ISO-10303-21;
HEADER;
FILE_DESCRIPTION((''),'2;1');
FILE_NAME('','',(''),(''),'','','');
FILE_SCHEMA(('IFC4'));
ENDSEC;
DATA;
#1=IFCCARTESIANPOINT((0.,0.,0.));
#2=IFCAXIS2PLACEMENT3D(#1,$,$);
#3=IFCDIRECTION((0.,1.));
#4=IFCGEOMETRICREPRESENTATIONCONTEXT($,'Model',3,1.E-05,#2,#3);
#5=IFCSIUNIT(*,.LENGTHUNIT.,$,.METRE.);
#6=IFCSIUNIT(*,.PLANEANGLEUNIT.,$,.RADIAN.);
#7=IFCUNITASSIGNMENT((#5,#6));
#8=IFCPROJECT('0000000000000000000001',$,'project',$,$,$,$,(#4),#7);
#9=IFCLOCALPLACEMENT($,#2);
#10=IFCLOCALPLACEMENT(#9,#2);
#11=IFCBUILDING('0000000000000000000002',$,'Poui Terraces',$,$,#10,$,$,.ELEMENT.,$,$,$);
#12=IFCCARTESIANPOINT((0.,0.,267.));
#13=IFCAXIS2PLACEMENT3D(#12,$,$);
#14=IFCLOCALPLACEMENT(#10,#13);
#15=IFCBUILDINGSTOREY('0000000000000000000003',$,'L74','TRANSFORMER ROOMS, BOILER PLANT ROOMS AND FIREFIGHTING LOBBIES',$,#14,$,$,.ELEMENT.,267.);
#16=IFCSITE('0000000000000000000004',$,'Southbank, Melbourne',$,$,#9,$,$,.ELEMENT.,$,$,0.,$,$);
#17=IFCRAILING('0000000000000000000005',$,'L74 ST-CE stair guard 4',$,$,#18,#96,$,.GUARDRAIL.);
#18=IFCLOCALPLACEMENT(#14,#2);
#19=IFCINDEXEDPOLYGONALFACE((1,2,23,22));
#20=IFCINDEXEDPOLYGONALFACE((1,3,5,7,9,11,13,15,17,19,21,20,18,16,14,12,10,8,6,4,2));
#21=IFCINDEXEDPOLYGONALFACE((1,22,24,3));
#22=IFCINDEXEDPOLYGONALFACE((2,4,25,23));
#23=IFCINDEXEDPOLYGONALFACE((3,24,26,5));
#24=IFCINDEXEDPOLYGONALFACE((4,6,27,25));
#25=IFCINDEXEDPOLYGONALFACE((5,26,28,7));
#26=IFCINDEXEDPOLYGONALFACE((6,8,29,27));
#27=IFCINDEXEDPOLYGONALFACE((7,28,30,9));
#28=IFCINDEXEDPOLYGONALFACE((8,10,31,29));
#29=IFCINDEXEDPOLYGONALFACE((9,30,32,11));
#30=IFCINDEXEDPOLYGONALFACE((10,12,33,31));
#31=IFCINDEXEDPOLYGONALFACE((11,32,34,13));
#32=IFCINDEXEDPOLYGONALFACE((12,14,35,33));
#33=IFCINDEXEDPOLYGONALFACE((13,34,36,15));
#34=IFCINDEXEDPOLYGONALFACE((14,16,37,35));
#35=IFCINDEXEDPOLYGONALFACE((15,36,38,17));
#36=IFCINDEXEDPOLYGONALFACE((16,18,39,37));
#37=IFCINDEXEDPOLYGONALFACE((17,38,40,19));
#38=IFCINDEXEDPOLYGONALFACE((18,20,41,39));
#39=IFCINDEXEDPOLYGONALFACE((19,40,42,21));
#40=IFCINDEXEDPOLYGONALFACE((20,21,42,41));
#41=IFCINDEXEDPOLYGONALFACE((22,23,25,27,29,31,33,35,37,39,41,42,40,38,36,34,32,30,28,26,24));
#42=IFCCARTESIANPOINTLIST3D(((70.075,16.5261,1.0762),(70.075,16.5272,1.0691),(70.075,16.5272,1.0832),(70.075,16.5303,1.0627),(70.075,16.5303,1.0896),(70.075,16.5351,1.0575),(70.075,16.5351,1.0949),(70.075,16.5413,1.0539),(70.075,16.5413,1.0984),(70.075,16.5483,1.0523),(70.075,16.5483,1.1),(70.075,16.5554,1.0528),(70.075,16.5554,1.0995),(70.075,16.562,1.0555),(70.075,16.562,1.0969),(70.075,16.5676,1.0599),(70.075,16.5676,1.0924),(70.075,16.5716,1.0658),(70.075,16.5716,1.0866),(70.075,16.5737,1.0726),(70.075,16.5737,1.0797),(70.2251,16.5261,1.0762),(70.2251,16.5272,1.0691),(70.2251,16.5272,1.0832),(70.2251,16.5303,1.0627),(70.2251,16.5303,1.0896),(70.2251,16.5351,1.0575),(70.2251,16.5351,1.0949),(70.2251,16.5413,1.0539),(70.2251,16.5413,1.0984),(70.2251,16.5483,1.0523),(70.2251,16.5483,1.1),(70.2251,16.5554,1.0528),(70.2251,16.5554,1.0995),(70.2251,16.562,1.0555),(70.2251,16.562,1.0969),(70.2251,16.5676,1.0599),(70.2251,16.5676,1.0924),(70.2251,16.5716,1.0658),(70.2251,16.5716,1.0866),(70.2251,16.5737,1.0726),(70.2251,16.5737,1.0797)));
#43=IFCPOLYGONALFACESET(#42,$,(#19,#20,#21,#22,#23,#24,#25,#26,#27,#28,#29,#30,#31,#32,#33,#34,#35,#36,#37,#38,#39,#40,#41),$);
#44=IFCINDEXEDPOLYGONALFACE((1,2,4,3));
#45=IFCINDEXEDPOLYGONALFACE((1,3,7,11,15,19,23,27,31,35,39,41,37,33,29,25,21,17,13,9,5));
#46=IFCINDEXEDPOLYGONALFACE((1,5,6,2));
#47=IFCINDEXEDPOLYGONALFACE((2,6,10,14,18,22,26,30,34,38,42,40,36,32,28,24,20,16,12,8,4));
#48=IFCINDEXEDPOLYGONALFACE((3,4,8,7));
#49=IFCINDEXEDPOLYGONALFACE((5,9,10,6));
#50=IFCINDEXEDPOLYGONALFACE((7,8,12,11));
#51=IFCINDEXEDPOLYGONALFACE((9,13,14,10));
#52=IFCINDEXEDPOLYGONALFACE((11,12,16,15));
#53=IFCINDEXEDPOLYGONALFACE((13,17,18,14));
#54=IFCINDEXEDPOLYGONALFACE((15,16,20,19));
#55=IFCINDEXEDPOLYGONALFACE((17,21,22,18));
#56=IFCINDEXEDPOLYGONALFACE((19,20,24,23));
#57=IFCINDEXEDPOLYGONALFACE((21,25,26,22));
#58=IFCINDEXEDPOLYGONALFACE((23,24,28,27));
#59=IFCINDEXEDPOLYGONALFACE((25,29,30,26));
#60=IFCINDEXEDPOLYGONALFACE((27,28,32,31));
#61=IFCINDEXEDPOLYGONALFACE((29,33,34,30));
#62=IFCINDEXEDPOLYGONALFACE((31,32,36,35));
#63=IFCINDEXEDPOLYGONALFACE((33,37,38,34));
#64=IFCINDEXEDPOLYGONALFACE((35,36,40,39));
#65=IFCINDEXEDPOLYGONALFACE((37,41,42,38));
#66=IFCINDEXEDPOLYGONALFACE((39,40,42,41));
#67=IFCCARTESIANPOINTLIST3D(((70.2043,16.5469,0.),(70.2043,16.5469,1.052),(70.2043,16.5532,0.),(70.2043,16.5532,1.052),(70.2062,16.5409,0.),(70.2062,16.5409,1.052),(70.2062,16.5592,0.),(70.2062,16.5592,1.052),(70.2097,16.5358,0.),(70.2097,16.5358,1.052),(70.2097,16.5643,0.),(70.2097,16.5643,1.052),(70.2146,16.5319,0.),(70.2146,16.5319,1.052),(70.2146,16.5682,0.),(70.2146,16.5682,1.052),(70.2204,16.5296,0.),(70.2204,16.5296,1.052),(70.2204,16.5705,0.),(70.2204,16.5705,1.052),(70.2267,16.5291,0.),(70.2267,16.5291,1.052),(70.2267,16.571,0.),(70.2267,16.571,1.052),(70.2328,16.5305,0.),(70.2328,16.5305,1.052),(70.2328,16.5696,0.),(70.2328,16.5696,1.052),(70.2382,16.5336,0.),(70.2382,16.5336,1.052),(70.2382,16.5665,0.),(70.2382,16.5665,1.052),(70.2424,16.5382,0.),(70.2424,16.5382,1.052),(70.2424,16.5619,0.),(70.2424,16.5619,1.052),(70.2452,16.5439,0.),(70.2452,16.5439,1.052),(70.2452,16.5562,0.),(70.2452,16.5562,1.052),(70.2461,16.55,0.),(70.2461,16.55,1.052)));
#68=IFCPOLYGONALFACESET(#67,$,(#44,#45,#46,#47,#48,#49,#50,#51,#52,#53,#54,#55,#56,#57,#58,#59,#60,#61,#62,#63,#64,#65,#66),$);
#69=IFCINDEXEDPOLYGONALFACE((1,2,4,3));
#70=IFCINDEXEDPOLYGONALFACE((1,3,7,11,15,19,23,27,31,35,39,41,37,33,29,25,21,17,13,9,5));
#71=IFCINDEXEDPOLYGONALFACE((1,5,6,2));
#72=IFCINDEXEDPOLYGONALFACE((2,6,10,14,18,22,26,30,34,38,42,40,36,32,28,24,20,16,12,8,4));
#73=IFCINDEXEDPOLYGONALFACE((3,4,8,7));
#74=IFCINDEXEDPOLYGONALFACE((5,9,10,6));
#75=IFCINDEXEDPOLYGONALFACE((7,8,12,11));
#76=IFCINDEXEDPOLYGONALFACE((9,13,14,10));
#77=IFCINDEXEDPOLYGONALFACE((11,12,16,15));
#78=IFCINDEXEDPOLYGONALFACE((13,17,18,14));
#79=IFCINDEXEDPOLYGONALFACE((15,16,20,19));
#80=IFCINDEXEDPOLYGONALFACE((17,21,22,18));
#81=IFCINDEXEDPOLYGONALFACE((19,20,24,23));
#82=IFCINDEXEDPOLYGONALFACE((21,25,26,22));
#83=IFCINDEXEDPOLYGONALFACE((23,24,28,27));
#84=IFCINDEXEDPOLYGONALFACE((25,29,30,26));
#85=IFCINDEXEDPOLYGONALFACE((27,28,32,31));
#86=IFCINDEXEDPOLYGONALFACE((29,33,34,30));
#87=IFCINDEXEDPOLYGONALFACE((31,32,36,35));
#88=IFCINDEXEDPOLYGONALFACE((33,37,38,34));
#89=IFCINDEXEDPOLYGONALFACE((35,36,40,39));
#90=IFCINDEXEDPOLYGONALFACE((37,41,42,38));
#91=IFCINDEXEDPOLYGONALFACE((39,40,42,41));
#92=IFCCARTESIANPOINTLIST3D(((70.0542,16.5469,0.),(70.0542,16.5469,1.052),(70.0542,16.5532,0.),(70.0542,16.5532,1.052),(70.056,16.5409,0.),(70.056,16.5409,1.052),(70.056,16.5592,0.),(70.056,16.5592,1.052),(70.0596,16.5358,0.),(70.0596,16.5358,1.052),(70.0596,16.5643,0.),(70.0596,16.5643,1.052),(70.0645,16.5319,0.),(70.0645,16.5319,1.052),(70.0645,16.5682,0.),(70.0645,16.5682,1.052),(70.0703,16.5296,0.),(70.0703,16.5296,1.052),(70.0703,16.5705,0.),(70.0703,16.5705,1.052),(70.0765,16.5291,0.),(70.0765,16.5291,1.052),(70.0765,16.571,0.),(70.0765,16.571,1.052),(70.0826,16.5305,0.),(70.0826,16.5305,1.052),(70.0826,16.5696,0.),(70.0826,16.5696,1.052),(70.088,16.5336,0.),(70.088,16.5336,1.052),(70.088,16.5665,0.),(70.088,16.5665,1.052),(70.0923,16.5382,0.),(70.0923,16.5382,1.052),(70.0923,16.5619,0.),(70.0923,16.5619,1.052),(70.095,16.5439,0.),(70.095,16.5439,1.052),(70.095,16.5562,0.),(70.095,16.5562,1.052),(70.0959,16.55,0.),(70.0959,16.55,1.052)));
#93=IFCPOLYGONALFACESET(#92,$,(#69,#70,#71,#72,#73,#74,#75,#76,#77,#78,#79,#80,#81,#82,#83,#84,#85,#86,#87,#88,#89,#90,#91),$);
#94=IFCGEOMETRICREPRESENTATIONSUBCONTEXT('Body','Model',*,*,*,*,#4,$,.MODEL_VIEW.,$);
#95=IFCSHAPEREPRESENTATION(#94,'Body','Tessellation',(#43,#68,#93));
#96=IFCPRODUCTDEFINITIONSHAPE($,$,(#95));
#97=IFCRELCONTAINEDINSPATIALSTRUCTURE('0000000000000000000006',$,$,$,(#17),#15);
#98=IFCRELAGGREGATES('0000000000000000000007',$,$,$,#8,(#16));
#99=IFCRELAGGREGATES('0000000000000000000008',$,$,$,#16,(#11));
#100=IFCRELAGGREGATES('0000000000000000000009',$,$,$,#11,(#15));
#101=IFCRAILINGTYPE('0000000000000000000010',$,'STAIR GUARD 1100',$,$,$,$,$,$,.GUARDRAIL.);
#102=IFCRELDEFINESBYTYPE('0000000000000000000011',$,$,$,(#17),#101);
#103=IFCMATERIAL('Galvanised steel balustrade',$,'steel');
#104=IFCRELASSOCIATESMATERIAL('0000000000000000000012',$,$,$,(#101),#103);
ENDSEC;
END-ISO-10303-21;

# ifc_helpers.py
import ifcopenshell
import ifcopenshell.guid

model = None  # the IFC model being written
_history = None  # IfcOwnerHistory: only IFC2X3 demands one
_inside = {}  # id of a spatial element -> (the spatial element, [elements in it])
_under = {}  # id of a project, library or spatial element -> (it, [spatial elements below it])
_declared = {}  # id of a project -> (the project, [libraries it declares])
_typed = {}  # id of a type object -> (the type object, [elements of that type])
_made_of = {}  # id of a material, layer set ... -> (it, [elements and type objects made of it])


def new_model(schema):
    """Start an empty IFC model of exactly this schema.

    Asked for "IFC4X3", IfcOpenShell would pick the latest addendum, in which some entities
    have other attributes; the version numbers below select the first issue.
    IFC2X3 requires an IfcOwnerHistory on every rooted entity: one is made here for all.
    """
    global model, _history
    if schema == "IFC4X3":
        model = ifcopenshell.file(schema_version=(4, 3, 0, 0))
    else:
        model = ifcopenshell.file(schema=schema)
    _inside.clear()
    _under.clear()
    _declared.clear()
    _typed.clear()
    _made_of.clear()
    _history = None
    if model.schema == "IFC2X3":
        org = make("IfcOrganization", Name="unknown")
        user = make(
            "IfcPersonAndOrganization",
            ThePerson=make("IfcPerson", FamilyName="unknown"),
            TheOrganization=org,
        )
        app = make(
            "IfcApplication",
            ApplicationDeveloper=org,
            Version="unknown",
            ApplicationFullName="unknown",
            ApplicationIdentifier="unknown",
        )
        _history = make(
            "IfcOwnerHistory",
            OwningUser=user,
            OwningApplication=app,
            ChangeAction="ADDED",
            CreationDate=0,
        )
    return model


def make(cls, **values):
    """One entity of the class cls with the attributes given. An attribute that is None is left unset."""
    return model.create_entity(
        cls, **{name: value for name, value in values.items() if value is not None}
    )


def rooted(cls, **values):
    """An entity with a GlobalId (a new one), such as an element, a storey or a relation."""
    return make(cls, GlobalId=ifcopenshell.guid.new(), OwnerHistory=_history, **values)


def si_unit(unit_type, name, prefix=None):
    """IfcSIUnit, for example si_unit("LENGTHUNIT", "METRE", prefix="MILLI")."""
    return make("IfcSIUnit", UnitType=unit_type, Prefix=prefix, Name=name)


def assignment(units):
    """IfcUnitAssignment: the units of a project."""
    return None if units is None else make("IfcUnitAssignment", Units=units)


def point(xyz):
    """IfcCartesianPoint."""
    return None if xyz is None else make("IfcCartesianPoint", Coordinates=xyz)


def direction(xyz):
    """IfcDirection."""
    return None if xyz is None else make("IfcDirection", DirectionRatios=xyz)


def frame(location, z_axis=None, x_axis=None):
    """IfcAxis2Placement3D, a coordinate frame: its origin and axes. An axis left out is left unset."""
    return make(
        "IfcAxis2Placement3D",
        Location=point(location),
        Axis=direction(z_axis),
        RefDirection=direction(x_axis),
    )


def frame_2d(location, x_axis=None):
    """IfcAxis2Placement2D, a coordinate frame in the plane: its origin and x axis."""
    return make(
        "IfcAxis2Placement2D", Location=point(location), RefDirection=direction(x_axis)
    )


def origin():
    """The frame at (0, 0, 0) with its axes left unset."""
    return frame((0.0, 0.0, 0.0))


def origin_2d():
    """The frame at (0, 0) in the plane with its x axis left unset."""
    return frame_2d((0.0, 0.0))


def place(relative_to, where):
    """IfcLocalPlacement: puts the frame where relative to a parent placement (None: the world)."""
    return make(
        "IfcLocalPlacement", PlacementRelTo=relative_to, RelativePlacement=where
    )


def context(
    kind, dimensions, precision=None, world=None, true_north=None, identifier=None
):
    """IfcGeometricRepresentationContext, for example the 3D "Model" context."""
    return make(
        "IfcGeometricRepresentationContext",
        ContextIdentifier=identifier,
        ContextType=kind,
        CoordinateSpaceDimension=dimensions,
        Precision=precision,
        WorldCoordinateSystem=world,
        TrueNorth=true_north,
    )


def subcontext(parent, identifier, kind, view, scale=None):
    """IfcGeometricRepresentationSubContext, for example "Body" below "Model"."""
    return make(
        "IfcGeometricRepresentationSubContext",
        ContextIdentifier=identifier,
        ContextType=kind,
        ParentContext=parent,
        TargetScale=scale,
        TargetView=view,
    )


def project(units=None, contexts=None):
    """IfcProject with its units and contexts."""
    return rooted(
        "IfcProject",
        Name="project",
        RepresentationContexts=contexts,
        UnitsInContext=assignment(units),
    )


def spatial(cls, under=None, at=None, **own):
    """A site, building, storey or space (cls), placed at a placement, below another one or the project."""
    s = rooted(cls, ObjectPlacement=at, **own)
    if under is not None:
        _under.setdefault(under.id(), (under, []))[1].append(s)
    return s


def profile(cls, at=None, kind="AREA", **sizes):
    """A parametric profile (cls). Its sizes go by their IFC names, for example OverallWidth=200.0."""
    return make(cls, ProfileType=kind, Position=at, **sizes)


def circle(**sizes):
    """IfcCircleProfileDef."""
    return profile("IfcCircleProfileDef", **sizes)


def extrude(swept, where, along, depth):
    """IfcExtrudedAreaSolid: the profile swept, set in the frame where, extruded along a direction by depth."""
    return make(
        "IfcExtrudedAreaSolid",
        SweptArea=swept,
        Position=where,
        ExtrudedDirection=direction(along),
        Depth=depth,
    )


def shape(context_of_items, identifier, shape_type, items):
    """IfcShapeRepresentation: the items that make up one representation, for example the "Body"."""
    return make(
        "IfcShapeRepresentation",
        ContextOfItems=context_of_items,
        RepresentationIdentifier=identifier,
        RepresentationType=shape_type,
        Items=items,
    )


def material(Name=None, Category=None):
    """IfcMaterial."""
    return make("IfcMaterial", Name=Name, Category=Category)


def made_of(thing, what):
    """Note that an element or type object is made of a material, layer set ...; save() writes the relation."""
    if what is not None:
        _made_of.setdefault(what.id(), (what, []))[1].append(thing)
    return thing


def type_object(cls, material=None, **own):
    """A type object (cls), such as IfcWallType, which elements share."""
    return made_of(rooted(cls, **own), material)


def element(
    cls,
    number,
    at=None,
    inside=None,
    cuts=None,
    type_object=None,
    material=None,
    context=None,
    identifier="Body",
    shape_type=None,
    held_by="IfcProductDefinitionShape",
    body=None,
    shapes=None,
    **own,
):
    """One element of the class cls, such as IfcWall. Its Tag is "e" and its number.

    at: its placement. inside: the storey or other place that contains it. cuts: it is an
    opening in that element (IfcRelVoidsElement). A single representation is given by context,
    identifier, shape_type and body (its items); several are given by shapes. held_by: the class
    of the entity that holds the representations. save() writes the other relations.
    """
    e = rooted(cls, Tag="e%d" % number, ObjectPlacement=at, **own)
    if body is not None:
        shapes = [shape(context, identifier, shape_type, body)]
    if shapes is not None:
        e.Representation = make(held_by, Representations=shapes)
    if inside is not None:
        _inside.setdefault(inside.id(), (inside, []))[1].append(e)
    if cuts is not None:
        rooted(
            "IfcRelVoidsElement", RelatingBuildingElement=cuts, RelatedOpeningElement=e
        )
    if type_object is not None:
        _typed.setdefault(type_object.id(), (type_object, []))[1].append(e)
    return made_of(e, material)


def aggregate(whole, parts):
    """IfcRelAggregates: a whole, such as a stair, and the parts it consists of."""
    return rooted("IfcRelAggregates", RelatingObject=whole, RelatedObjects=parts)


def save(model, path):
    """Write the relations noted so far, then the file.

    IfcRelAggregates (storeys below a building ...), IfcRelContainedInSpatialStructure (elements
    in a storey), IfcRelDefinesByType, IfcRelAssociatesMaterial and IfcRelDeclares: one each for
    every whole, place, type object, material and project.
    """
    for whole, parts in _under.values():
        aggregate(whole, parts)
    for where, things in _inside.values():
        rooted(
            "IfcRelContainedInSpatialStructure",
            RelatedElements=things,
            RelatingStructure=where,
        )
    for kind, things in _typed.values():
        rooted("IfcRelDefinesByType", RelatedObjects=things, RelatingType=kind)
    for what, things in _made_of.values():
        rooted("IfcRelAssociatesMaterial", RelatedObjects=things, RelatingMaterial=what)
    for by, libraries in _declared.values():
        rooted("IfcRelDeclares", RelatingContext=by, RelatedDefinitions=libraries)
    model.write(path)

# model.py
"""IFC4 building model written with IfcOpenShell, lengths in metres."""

from ifc_helpers import new_model, si_unit, direction, frame, origin, origin_2d, place, context, subcontext, project, spatial, circle, extrude, material, type_object, element, save


model = new_model("IFC4")

# Units and contexts
model_context = context("Model", 3, precision=1e-05, world=origin(), true_north=direction((0.0, 1.0)))
body_context = subcontext(model_context, "Body", "Model", "MODEL_VIEW")
ifc_project = project(units=[si_unit("LENGTHUNIT", "METRE"), si_unit("PLANEANGLEUNIT", "RADIAN")], contexts=[model_context])

# Site, building, storey
site_placement = place(None, origin())
site = spatial("IfcSite", under=ifc_project, at=site_placement, Name="Southbank, Melbourne", CompositionType="ELEMENT", RefElevation=0.0)
building_placement = place(site_placement, origin())
building = spatial("IfcBuilding", under=site, at=building_placement, Name="Poui Terraces", CompositionType="ELEMENT")
storey_placement = place(building_placement, frame((0.0, 0.0, 267.0)))
storey = spatial("IfcBuildingStorey", under=building, at=storey_placement, Name="L74", Description="TRANSFORMER ROOMS, BOILER PLANT ROOMS AND FIREFIGHTING LOBBIES", CompositionType="ELEMENT", Elevation=267.0)

# Railing
ifc_material_1 = material(Name="Galvanised steel balustrade", Category="steel")
railing_type_1 = type_object("IfcRailingType", Name="STAIR GUARD 1100", PredefinedType="GUARDRAIL", material=ifc_material_1)
railing_1_placement = place(storey_placement, frame((70.2251, 16.55, 0.0)))
element("IfcRailing", 1, at=railing_1_placement, inside=storey, type_object=railing_type_1, Name="L74 ST-CE stair guard 4", PredefinedType="GUARDRAIL", context=body_context, shape_type="SweptSolid", body=[
    extrude(circle(Radius=0.0239, at=origin_2d()), frame((0.0, 0.0, 1.0762), z_axis=(-1.0, 0.0, 0.0), x_axis=(0.0, -1.0, 0.0)), (0.0, 0.0, 1.0), 0.1501),
    extrude(circle(Radius=0.021, at=origin_2d()), origin(), (0.0, 0.0, 1.0), 1.052),
    extrude(circle(Radius=0.021, at=origin_2d()), frame((-0.1501, 0.0, 0.0)), (0.0, 0.0, 1.0), 1.052),
])

save(model, "model.ifc")
